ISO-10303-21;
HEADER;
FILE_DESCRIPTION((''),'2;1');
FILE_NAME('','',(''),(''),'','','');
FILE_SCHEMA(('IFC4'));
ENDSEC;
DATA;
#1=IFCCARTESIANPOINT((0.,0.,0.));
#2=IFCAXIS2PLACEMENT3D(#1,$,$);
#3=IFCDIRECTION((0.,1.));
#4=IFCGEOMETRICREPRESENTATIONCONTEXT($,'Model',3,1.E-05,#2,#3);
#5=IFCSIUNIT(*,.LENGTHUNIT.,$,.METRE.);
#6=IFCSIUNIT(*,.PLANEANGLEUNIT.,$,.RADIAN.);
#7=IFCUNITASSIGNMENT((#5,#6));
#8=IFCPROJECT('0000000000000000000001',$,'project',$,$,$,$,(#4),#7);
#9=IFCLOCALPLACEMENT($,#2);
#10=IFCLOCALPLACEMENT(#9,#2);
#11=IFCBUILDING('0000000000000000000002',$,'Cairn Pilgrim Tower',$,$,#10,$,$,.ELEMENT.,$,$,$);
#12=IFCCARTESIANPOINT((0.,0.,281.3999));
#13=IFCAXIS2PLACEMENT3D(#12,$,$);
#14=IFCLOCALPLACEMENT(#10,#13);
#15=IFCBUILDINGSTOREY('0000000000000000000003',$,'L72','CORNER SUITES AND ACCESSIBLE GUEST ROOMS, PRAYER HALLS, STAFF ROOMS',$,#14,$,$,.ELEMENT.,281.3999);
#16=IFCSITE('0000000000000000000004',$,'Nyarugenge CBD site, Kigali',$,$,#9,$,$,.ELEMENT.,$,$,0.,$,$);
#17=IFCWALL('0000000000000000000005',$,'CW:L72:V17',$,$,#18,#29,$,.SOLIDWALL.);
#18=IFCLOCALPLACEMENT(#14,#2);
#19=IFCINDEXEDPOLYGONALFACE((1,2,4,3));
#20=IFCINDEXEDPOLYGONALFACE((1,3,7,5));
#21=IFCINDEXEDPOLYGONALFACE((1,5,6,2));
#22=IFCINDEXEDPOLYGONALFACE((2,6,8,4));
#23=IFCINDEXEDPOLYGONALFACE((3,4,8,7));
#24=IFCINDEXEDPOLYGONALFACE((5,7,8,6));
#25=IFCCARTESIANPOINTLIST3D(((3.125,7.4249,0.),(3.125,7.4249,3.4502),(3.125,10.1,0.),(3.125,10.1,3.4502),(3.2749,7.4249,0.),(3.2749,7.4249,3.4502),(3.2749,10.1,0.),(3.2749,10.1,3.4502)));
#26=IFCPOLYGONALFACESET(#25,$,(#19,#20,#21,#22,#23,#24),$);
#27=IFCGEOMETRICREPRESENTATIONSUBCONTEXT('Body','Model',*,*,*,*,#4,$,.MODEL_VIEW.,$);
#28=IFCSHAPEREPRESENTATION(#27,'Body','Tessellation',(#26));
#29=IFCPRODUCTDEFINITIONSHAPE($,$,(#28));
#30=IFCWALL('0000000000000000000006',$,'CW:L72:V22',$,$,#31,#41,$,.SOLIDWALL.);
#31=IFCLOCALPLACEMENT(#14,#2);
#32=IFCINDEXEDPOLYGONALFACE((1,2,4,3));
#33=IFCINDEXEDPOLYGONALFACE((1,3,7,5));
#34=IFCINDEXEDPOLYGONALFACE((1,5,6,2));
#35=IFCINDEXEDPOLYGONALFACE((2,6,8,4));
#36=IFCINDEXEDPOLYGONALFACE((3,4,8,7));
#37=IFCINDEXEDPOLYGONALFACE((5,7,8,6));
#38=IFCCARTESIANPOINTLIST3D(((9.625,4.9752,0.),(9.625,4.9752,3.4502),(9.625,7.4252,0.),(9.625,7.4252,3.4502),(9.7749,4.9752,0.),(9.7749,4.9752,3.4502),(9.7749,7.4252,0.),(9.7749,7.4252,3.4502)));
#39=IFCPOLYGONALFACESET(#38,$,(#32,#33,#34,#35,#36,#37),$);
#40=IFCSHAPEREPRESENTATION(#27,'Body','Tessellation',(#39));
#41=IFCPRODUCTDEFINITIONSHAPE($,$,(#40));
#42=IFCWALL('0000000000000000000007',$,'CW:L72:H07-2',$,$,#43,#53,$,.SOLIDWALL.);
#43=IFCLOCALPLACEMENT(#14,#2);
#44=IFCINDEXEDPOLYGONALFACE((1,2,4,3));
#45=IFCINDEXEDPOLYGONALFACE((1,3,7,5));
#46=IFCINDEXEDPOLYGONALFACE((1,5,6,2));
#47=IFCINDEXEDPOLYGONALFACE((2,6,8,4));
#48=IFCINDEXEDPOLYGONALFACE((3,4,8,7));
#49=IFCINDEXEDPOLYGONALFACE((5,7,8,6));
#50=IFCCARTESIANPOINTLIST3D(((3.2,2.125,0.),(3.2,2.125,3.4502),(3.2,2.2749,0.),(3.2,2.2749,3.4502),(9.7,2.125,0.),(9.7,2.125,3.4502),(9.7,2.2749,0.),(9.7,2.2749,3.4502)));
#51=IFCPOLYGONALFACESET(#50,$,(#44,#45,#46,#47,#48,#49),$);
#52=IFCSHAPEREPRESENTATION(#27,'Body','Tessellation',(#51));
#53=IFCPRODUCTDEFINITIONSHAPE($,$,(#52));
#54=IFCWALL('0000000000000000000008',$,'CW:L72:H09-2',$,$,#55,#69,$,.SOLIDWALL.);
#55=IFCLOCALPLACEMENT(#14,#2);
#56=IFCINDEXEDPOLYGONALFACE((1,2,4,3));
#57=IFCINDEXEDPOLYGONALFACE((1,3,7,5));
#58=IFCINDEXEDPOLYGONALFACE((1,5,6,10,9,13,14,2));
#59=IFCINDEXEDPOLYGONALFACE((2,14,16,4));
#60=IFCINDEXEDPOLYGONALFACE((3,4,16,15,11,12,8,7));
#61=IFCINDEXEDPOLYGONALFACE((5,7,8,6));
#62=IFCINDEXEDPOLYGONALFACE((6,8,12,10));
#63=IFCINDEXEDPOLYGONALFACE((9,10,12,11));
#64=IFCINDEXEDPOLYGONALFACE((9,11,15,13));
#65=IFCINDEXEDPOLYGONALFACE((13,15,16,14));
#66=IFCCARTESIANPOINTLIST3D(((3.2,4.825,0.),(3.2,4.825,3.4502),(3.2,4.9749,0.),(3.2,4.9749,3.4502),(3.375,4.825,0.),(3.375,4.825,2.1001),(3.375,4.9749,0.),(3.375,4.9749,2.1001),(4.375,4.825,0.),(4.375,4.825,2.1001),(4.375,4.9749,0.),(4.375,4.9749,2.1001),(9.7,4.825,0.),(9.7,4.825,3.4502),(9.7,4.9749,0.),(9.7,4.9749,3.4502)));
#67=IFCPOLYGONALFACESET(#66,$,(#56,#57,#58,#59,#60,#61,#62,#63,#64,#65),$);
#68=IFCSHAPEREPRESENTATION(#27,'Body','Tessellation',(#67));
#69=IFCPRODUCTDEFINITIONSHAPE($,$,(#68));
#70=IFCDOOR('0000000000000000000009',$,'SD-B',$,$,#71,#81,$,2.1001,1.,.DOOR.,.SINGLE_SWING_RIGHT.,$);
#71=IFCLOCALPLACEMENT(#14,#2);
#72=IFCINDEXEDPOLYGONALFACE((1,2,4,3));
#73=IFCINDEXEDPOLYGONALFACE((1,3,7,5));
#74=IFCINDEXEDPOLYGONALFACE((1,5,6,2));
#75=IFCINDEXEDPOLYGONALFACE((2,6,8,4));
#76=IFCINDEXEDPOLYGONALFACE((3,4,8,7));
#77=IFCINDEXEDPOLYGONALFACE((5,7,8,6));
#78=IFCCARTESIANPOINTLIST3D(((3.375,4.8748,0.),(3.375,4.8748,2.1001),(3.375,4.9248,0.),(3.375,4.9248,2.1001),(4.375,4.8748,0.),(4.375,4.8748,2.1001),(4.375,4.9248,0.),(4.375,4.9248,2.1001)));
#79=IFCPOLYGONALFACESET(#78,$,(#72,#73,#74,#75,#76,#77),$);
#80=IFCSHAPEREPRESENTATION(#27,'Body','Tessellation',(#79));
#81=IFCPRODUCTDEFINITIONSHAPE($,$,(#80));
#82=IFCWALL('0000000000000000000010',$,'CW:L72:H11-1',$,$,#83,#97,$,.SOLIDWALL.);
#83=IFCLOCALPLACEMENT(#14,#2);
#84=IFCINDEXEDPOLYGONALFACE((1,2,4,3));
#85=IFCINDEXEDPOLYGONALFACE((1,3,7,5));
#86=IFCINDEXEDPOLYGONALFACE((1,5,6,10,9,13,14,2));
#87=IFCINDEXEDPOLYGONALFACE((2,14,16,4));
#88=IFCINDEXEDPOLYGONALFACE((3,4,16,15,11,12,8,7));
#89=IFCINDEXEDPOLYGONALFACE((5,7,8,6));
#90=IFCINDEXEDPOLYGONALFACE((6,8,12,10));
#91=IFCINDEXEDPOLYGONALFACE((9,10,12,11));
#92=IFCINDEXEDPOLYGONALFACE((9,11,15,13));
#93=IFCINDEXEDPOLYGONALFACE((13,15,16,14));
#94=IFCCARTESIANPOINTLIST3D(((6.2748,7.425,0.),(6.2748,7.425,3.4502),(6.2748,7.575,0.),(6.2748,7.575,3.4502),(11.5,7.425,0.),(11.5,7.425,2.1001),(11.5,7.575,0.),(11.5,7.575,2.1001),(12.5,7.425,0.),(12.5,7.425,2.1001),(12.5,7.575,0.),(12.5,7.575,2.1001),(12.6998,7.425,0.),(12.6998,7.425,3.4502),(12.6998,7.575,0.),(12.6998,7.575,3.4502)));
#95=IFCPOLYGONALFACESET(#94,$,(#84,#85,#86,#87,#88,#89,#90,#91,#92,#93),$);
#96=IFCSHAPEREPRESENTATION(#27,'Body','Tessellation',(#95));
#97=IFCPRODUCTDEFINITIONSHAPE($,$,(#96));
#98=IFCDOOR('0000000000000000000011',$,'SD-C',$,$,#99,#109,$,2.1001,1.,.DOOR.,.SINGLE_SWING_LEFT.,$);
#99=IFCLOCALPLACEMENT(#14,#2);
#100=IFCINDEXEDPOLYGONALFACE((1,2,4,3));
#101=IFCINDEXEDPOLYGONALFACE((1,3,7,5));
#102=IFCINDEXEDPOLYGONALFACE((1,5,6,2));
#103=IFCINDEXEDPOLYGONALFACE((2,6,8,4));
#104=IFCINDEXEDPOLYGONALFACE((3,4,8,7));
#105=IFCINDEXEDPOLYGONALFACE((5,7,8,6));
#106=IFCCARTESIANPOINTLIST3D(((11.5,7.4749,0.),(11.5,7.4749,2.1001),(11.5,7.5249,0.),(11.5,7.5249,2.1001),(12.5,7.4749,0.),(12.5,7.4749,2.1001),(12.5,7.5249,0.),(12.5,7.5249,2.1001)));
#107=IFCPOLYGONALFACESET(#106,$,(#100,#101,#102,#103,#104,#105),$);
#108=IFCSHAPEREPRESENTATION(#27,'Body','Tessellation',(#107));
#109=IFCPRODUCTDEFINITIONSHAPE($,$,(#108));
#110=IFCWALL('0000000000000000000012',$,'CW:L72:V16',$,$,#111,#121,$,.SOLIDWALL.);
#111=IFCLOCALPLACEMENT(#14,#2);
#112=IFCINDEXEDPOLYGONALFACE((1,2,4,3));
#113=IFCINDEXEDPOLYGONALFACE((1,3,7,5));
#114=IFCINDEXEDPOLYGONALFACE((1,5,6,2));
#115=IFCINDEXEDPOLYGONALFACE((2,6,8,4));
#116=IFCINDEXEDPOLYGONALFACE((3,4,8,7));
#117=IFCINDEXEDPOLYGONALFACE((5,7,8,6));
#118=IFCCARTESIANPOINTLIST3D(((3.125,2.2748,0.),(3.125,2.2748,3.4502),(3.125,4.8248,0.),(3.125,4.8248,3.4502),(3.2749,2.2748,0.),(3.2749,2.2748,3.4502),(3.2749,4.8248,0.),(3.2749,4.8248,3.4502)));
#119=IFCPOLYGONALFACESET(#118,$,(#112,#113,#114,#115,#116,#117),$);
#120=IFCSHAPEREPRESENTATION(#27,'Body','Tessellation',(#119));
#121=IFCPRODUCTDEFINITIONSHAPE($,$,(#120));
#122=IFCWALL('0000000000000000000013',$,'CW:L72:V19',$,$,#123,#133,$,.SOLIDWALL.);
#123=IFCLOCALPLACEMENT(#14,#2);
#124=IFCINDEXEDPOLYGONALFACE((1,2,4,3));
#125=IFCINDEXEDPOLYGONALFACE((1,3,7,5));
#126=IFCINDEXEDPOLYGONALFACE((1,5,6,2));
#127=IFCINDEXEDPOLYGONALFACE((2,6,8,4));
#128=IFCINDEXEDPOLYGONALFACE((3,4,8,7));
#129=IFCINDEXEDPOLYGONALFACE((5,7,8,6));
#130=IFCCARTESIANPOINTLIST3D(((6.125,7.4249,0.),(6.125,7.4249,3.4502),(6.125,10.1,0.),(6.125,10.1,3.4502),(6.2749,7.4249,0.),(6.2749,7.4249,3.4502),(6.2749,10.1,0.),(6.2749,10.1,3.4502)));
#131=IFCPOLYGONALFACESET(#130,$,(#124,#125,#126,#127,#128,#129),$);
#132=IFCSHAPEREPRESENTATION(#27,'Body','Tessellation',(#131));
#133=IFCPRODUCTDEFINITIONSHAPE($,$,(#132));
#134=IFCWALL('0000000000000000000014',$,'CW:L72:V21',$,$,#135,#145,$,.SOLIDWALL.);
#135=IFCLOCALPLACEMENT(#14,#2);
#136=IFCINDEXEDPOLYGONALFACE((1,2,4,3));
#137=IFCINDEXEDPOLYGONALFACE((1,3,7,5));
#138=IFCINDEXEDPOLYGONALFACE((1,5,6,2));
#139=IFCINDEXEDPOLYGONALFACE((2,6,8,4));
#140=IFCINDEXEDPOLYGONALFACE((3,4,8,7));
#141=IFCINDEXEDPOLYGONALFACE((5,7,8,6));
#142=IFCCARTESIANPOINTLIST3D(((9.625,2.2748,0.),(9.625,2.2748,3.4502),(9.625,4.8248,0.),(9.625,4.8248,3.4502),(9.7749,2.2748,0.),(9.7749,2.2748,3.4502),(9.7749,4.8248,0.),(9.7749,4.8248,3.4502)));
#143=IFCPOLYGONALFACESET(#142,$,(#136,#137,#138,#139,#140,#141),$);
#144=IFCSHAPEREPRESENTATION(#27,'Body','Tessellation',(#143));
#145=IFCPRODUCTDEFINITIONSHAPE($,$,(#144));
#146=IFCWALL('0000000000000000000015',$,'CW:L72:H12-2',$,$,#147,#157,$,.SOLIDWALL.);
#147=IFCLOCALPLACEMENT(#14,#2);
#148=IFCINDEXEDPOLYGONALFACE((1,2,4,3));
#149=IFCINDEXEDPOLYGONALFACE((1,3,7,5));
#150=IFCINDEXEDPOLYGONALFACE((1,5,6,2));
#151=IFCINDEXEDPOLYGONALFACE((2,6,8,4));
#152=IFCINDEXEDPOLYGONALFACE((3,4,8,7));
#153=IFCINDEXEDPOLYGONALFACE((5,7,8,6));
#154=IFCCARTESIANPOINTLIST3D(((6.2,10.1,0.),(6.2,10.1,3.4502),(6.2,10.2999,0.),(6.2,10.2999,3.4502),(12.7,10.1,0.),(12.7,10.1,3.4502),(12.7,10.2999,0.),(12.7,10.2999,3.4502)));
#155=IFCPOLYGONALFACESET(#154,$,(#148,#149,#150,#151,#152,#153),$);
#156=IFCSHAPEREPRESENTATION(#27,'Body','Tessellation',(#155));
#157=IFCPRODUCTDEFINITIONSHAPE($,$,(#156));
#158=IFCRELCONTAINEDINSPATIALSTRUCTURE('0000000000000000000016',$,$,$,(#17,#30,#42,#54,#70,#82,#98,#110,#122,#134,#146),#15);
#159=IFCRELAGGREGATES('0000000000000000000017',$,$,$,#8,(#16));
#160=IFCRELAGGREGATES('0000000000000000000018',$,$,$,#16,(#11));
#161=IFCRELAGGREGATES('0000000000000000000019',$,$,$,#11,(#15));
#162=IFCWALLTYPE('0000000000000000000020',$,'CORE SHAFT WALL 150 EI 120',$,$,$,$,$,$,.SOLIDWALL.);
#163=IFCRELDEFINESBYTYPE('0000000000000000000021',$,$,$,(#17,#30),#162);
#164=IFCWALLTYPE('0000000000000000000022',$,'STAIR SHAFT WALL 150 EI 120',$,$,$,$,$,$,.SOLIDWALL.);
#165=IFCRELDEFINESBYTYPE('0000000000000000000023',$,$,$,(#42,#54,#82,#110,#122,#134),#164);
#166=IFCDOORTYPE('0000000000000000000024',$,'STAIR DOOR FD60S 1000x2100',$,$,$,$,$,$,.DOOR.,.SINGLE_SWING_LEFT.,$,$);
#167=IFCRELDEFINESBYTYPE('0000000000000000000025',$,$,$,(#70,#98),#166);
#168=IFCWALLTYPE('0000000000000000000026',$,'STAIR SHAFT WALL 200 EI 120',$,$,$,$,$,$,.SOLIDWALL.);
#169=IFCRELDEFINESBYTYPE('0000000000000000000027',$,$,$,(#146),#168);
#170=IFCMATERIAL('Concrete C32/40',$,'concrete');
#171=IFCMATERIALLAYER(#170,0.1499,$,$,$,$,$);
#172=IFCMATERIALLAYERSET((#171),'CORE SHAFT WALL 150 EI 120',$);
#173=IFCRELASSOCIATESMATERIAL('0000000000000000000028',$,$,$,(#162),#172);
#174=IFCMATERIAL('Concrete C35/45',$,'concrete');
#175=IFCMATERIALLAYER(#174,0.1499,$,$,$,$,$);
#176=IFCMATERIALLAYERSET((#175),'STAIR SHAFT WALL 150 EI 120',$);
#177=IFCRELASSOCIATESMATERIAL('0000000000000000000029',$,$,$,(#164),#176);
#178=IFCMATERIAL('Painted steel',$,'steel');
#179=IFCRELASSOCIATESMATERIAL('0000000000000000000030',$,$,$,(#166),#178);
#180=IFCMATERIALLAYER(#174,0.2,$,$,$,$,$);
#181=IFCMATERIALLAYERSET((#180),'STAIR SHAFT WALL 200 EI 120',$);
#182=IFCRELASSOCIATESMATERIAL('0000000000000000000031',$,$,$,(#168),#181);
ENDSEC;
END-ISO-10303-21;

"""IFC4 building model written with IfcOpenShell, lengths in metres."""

from ifc_helpers import new_model, si_unit, direction, frame, frame_2d, origin, place, context, subcontext, project, spatial, rectangle, extrude, material, layer, layer_set, type_object, element, fill, save


model = new_model("IFC4")

# Units and contexts
model_context = context("Model", 3, precision=1e-05, world=origin(), true_north=direction((0.0, 1.0)))
body_context = subcontext(model_context, "Body", "Model", "MODEL_VIEW")
ifc_project = project(units=[si_unit("LENGTHUNIT", "METRE"), si_unit("PLANEANGLEUNIT", "RADIAN")], contexts=[model_context])

# Site, building, storey
site_placement = place(None, origin())
site = spatial("IfcSite", under=ifc_project, at=site_placement, Name="Nyarugenge CBD site, Kigali", CompositionType="ELEMENT", RefElevation=0.0)
building_placement = place(site_placement, origin())
building = spatial("IfcBuilding", under=site, at=building_placement, Name="Cairn Pilgrim Tower", CompositionType="ELEMENT")
storey_placement = place(building_placement, frame((0.0, 0.0, 281.3999)))
storey = spatial("IfcBuildingStorey", under=building, at=storey_placement, Name="L72", Description="CORNER SUITES AND ACCESSIBLE GUEST ROOMS, PRAYER HALLS, STAFF ROOMS", CompositionType="ELEMENT", Elevation=281.3999)

# Shared definitions
ifc_material_1 = material(Name="Concrete C32/40", Category="concrete")
ifc_layer_1 = layer(ifc_material_1, 0.1499)
ifc_layer_set_1 = layer_set([ifc_layer_1], Name="CORE SHAFT WALL 150 EI 120")
wall_type_1 = type_object("IfcWallType", Name="CORE SHAFT WALL 150 EI 120", PredefinedType="SOLIDWALL", material=ifc_layer_set_1)

# Shared definitions
ifc_material_2 = material(Name="Painted steel", Category="steel")

# Walls
wall_1_placement = place(storey_placement, frame((3.2, 7.425, 0.0), z_axis=(0.0, 0.0, 1.0), x_axis=(0.0, 1.0, 0.0)))
element("IfcWall", 1, at=wall_1_placement, inside=storey, type_object=wall_type_1, Name="CW:L72:V17", PredefinedType="SOLIDWALL", context=body_context, shape_type="SweptSolid", body=[
    extrude(rectangle(XDim=2.675, YDim=0.1499, at=frame_2d((1.3374, 0.0))), origin(), (0.0, 0.0, 1.0), 3.4502),
])
wall_2_placement = place(storey_placement, frame((9.7, 4.9751, 0.0), z_axis=(0.0, 0.0, 1.0), x_axis=(0.0, 1.0, 0.0)))
element("IfcWall", 2, at=wall_2_placement, inside=storey, type_object=wall_type_1, Name="CW:L72:V22", PredefinedType="SOLIDWALL", context=body_context, shape_type="SweptSolid", body=[
    extrude(rectangle(XDim=2.45, YDim=0.1499, at=frame_2d((1.2251, 0.0))), origin(), (0.0, 0.0, 1.0), 3.4502),
])
ifc_material_3 = material(Name="Concrete C35/45", Category="concrete")
ifc_layer_2 = layer(ifc_material_3, 0.1499)
ifc_layer_set_2 = layer_set([ifc_layer_2], Name="STAIR SHAFT WALL 150 EI 120")
wall_type_2 = type_object("IfcWallType", Name="STAIR SHAFT WALL 150 EI 120", PredefinedType="SOLIDWALL", material=ifc_layer_set_2)
wall_3_placement = place(storey_placement, frame((3.2, 2.2, 0.0), z_axis=(0.0, 0.0, 1.0), x_axis=(1.0, 0.0, 0.0)))
element("IfcWall", 3, at=wall_3_placement, inside=storey, type_object=wall_type_2, Name="CW:L72:H07-2", PredefinedType="SOLIDWALL", context=body_context, shape_type="SweptSolid", body=[
    extrude(rectangle(XDim=6.5, YDim=0.1499, at=frame_2d((3.25, 0.0))), origin(), (0.0, 0.0, 1.0), 3.4502),
])

# Walls, openings, doors
wall_4_placement = place(storey_placement, frame((3.2, 4.8999, 0.0), z_axis=(0.0, 0.0, 1.0), x_axis=(1.0, 0.0, 0.0)))
wall_4 = element("IfcWall", 4, at=wall_4_placement, inside=storey, type_object=wall_type_2, Name="CW:L72:H09-2", PredefinedType="SOLIDWALL", context=body_context, shape_type="SweptSolid", body=[
    extrude(rectangle(XDim=6.5, YDim=0.1499, at=frame_2d((3.25, 0.0))), origin(), (0.0, 0.0, 1.0), 3.4502),
])
opening_1_placement = place(wall_4_placement, frame((0.175, 0.0, 0.0)))
opening_1 = element("IfcOpeningElement", 5, at=opening_1_placement, cuts=wall_4, PredefinedType="OPENING", context=body_context, shape_type="SweptSolid", body=[
    extrude(rectangle(XDim=1.0, YDim=2.1001, at=frame_2d((0.5, 1.05))), frame((0.0, 0.085, 0.0), z_axis=(0.0, -1.0, 0.0), x_axis=(1.0, 0.0, 0.0)), (0.0, 0.0, 1.0), 0.1699),
])
door_type_1 = type_object("IfcDoorType", Name="STAIR DOOR FD60S 1000x2100", OperationType="SINGLE_SWING_LEFT", PredefinedType="DOOR", material=ifc_material_2)
door_1_placement = place(opening_1_placement, origin())
door_1 = element("IfcDoor", 6, at=door_1_placement, inside=storey, type_object=door_type_1, Name="SD-B", OperationType="SINGLE_SWING_RIGHT", OverallHeight=2.1001, OverallWidth=1.0, PredefinedType="DOOR", context=body_context, shape_type="SweptSolid", body=[
    extrude(rectangle(XDim=1.0, YDim=2.1001, at=frame_2d((0.5, 1.05))), frame((0.0, 0.0249, 0.0), z_axis=(0.0, -1.0, 0.0), x_axis=(1.0, 0.0, 0.0)), (0.0, 0.0, 1.0), 0.05),
])
fill(opening_1, door_1)
wall_5_placement = place(storey_placement, frame((6.2749, 7.5, 0.0), z_axis=(0.0, 0.0, 1.0), x_axis=(1.0, 0.0, 0.0)))
wall_5 = element("IfcWall", 7, at=wall_5_placement, inside=storey, type_object=wall_type_2, Name="CW:L72:H11-1", PredefinedType="SOLIDWALL", context=body_context, shape_type="SweptSolid", body=[
    extrude(rectangle(XDim=6.425, YDim=0.1499, at=frame_2d((3.2124, 0.0))), origin(), (0.0, 0.0, 1.0), 3.4502),
])
opening_2_placement = place(wall_5_placement, frame((5.2251, 0.0, 0.0)))
opening_2 = element("IfcOpeningElement", 8, at=opening_2_placement, cuts=wall_5, PredefinedType="OPENING", context=body_context, shape_type="SweptSolid", body=[
    extrude(rectangle(XDim=1.0, YDim=2.1001, at=frame_2d((0.5, 1.05))), frame((0.0, 0.085, 0.0), z_axis=(0.0, -1.0, 0.0), x_axis=(1.0, 0.0, 0.0)), (0.0, 0.0, 1.0), 0.1699),
])
door_2_placement = place(opening_2_placement, origin())
door_2 = element("IfcDoor", 9, at=door_2_placement, inside=storey, type_object=door_type_1, Name="SD-C", OperationType="SINGLE_SWING_LEFT", OverallHeight=2.1001, OverallWidth=1.0, PredefinedType="DOOR", context=body_context, shape_type="SweptSolid", body=[
    extrude(rectangle(XDim=1.0, YDim=2.1001, at=frame_2d((0.5, 1.05))), frame((0.0, 0.0249, 0.0), z_axis=(0.0, -1.0, 0.0), x_axis=(1.0, 0.0, 0.0)), (0.0, 0.0, 1.0), 0.05),
])
fill(opening_2, door_2)

# Walls
wall_6_placement = place(storey_placement, frame((3.2, 2.2749, 0.0), z_axis=(0.0, 0.0, 1.0), x_axis=(0.0, 1.0, 0.0)))
element("IfcWall", 10, at=wall_6_placement, inside=storey, type_object=wall_type_2, Name="CW:L72:V16", PredefinedType="SOLIDWALL", context=body_context, shape_type="SweptSolid", body=[
    extrude(rectangle(XDim=2.55, YDim=0.1499, at=frame_2d((1.2749, 0.0))), origin(), (0.0, 0.0, 1.0), 3.4502),
])
wall_7_placement = place(storey_placement, frame((6.2, 7.425, 0.0), z_axis=(0.0, 0.0, 1.0), x_axis=(0.0, 1.0, 0.0)))
element("IfcWall", 11, at=wall_7_placement, inside=storey, type_object=wall_type_2, Name="CW:L72:V19", PredefinedType="SOLIDWALL", context=body_context, shape_type="SweptSolid", body=[
    extrude(rectangle(XDim=2.675, YDim=0.1499, at=frame_2d((1.3374, 0.0))), origin(), (0.0, 0.0, 1.0), 3.4502),
])
wall_8_placement = place(storey_placement, frame((9.7, 2.2749, 0.0), z_axis=(0.0, 0.0, 1.0), x_axis=(0.0, 1.0, 0.0)))
element("IfcWall", 12, at=wall_8_placement, inside=storey, type_object=wall_type_2, Name="CW:L72:V21", PredefinedType="SOLIDWALL", context=body_context, shape_type="SweptSolid", body=[
    extrude(rectangle(XDim=2.55, YDim=0.1499, at=frame_2d((1.2749, 0.0))), origin(), (0.0, 0.0, 1.0), 3.4502),
])
ifc_layer_3 = layer(ifc_material_3, 0.2)
ifc_layer_set_3 = layer_set([ifc_layer_3], Name="STAIR SHAFT WALL 200 EI 120")
wall_type_3 = type_object("IfcWallType", Name="STAIR SHAFT WALL 200 EI 120", PredefinedType="SOLIDWALL", material=ifc_layer_set_3)
wall_9_placement = place(storey_placement, frame((6.2, 10.2, 0.0), z_axis=(0.0, 0.0, 1.0), x_axis=(1.0, 0.0, 0.0)))
element("IfcWall", 13, at=wall_9_placement, inside=storey, type_object=wall_type_3, Name="CW:L72:H12-2", PredefinedType="SOLIDWALL", context=body_context, shape_type="SweptSolid", body=[
    extrude(rectangle(XDim=6.5, YDim=0.2, at=frame_2d((3.25, 0.0))), origin(), (0.0, 0.0, 1.0), 3.4502),
])

save(model, "model.ifc")
